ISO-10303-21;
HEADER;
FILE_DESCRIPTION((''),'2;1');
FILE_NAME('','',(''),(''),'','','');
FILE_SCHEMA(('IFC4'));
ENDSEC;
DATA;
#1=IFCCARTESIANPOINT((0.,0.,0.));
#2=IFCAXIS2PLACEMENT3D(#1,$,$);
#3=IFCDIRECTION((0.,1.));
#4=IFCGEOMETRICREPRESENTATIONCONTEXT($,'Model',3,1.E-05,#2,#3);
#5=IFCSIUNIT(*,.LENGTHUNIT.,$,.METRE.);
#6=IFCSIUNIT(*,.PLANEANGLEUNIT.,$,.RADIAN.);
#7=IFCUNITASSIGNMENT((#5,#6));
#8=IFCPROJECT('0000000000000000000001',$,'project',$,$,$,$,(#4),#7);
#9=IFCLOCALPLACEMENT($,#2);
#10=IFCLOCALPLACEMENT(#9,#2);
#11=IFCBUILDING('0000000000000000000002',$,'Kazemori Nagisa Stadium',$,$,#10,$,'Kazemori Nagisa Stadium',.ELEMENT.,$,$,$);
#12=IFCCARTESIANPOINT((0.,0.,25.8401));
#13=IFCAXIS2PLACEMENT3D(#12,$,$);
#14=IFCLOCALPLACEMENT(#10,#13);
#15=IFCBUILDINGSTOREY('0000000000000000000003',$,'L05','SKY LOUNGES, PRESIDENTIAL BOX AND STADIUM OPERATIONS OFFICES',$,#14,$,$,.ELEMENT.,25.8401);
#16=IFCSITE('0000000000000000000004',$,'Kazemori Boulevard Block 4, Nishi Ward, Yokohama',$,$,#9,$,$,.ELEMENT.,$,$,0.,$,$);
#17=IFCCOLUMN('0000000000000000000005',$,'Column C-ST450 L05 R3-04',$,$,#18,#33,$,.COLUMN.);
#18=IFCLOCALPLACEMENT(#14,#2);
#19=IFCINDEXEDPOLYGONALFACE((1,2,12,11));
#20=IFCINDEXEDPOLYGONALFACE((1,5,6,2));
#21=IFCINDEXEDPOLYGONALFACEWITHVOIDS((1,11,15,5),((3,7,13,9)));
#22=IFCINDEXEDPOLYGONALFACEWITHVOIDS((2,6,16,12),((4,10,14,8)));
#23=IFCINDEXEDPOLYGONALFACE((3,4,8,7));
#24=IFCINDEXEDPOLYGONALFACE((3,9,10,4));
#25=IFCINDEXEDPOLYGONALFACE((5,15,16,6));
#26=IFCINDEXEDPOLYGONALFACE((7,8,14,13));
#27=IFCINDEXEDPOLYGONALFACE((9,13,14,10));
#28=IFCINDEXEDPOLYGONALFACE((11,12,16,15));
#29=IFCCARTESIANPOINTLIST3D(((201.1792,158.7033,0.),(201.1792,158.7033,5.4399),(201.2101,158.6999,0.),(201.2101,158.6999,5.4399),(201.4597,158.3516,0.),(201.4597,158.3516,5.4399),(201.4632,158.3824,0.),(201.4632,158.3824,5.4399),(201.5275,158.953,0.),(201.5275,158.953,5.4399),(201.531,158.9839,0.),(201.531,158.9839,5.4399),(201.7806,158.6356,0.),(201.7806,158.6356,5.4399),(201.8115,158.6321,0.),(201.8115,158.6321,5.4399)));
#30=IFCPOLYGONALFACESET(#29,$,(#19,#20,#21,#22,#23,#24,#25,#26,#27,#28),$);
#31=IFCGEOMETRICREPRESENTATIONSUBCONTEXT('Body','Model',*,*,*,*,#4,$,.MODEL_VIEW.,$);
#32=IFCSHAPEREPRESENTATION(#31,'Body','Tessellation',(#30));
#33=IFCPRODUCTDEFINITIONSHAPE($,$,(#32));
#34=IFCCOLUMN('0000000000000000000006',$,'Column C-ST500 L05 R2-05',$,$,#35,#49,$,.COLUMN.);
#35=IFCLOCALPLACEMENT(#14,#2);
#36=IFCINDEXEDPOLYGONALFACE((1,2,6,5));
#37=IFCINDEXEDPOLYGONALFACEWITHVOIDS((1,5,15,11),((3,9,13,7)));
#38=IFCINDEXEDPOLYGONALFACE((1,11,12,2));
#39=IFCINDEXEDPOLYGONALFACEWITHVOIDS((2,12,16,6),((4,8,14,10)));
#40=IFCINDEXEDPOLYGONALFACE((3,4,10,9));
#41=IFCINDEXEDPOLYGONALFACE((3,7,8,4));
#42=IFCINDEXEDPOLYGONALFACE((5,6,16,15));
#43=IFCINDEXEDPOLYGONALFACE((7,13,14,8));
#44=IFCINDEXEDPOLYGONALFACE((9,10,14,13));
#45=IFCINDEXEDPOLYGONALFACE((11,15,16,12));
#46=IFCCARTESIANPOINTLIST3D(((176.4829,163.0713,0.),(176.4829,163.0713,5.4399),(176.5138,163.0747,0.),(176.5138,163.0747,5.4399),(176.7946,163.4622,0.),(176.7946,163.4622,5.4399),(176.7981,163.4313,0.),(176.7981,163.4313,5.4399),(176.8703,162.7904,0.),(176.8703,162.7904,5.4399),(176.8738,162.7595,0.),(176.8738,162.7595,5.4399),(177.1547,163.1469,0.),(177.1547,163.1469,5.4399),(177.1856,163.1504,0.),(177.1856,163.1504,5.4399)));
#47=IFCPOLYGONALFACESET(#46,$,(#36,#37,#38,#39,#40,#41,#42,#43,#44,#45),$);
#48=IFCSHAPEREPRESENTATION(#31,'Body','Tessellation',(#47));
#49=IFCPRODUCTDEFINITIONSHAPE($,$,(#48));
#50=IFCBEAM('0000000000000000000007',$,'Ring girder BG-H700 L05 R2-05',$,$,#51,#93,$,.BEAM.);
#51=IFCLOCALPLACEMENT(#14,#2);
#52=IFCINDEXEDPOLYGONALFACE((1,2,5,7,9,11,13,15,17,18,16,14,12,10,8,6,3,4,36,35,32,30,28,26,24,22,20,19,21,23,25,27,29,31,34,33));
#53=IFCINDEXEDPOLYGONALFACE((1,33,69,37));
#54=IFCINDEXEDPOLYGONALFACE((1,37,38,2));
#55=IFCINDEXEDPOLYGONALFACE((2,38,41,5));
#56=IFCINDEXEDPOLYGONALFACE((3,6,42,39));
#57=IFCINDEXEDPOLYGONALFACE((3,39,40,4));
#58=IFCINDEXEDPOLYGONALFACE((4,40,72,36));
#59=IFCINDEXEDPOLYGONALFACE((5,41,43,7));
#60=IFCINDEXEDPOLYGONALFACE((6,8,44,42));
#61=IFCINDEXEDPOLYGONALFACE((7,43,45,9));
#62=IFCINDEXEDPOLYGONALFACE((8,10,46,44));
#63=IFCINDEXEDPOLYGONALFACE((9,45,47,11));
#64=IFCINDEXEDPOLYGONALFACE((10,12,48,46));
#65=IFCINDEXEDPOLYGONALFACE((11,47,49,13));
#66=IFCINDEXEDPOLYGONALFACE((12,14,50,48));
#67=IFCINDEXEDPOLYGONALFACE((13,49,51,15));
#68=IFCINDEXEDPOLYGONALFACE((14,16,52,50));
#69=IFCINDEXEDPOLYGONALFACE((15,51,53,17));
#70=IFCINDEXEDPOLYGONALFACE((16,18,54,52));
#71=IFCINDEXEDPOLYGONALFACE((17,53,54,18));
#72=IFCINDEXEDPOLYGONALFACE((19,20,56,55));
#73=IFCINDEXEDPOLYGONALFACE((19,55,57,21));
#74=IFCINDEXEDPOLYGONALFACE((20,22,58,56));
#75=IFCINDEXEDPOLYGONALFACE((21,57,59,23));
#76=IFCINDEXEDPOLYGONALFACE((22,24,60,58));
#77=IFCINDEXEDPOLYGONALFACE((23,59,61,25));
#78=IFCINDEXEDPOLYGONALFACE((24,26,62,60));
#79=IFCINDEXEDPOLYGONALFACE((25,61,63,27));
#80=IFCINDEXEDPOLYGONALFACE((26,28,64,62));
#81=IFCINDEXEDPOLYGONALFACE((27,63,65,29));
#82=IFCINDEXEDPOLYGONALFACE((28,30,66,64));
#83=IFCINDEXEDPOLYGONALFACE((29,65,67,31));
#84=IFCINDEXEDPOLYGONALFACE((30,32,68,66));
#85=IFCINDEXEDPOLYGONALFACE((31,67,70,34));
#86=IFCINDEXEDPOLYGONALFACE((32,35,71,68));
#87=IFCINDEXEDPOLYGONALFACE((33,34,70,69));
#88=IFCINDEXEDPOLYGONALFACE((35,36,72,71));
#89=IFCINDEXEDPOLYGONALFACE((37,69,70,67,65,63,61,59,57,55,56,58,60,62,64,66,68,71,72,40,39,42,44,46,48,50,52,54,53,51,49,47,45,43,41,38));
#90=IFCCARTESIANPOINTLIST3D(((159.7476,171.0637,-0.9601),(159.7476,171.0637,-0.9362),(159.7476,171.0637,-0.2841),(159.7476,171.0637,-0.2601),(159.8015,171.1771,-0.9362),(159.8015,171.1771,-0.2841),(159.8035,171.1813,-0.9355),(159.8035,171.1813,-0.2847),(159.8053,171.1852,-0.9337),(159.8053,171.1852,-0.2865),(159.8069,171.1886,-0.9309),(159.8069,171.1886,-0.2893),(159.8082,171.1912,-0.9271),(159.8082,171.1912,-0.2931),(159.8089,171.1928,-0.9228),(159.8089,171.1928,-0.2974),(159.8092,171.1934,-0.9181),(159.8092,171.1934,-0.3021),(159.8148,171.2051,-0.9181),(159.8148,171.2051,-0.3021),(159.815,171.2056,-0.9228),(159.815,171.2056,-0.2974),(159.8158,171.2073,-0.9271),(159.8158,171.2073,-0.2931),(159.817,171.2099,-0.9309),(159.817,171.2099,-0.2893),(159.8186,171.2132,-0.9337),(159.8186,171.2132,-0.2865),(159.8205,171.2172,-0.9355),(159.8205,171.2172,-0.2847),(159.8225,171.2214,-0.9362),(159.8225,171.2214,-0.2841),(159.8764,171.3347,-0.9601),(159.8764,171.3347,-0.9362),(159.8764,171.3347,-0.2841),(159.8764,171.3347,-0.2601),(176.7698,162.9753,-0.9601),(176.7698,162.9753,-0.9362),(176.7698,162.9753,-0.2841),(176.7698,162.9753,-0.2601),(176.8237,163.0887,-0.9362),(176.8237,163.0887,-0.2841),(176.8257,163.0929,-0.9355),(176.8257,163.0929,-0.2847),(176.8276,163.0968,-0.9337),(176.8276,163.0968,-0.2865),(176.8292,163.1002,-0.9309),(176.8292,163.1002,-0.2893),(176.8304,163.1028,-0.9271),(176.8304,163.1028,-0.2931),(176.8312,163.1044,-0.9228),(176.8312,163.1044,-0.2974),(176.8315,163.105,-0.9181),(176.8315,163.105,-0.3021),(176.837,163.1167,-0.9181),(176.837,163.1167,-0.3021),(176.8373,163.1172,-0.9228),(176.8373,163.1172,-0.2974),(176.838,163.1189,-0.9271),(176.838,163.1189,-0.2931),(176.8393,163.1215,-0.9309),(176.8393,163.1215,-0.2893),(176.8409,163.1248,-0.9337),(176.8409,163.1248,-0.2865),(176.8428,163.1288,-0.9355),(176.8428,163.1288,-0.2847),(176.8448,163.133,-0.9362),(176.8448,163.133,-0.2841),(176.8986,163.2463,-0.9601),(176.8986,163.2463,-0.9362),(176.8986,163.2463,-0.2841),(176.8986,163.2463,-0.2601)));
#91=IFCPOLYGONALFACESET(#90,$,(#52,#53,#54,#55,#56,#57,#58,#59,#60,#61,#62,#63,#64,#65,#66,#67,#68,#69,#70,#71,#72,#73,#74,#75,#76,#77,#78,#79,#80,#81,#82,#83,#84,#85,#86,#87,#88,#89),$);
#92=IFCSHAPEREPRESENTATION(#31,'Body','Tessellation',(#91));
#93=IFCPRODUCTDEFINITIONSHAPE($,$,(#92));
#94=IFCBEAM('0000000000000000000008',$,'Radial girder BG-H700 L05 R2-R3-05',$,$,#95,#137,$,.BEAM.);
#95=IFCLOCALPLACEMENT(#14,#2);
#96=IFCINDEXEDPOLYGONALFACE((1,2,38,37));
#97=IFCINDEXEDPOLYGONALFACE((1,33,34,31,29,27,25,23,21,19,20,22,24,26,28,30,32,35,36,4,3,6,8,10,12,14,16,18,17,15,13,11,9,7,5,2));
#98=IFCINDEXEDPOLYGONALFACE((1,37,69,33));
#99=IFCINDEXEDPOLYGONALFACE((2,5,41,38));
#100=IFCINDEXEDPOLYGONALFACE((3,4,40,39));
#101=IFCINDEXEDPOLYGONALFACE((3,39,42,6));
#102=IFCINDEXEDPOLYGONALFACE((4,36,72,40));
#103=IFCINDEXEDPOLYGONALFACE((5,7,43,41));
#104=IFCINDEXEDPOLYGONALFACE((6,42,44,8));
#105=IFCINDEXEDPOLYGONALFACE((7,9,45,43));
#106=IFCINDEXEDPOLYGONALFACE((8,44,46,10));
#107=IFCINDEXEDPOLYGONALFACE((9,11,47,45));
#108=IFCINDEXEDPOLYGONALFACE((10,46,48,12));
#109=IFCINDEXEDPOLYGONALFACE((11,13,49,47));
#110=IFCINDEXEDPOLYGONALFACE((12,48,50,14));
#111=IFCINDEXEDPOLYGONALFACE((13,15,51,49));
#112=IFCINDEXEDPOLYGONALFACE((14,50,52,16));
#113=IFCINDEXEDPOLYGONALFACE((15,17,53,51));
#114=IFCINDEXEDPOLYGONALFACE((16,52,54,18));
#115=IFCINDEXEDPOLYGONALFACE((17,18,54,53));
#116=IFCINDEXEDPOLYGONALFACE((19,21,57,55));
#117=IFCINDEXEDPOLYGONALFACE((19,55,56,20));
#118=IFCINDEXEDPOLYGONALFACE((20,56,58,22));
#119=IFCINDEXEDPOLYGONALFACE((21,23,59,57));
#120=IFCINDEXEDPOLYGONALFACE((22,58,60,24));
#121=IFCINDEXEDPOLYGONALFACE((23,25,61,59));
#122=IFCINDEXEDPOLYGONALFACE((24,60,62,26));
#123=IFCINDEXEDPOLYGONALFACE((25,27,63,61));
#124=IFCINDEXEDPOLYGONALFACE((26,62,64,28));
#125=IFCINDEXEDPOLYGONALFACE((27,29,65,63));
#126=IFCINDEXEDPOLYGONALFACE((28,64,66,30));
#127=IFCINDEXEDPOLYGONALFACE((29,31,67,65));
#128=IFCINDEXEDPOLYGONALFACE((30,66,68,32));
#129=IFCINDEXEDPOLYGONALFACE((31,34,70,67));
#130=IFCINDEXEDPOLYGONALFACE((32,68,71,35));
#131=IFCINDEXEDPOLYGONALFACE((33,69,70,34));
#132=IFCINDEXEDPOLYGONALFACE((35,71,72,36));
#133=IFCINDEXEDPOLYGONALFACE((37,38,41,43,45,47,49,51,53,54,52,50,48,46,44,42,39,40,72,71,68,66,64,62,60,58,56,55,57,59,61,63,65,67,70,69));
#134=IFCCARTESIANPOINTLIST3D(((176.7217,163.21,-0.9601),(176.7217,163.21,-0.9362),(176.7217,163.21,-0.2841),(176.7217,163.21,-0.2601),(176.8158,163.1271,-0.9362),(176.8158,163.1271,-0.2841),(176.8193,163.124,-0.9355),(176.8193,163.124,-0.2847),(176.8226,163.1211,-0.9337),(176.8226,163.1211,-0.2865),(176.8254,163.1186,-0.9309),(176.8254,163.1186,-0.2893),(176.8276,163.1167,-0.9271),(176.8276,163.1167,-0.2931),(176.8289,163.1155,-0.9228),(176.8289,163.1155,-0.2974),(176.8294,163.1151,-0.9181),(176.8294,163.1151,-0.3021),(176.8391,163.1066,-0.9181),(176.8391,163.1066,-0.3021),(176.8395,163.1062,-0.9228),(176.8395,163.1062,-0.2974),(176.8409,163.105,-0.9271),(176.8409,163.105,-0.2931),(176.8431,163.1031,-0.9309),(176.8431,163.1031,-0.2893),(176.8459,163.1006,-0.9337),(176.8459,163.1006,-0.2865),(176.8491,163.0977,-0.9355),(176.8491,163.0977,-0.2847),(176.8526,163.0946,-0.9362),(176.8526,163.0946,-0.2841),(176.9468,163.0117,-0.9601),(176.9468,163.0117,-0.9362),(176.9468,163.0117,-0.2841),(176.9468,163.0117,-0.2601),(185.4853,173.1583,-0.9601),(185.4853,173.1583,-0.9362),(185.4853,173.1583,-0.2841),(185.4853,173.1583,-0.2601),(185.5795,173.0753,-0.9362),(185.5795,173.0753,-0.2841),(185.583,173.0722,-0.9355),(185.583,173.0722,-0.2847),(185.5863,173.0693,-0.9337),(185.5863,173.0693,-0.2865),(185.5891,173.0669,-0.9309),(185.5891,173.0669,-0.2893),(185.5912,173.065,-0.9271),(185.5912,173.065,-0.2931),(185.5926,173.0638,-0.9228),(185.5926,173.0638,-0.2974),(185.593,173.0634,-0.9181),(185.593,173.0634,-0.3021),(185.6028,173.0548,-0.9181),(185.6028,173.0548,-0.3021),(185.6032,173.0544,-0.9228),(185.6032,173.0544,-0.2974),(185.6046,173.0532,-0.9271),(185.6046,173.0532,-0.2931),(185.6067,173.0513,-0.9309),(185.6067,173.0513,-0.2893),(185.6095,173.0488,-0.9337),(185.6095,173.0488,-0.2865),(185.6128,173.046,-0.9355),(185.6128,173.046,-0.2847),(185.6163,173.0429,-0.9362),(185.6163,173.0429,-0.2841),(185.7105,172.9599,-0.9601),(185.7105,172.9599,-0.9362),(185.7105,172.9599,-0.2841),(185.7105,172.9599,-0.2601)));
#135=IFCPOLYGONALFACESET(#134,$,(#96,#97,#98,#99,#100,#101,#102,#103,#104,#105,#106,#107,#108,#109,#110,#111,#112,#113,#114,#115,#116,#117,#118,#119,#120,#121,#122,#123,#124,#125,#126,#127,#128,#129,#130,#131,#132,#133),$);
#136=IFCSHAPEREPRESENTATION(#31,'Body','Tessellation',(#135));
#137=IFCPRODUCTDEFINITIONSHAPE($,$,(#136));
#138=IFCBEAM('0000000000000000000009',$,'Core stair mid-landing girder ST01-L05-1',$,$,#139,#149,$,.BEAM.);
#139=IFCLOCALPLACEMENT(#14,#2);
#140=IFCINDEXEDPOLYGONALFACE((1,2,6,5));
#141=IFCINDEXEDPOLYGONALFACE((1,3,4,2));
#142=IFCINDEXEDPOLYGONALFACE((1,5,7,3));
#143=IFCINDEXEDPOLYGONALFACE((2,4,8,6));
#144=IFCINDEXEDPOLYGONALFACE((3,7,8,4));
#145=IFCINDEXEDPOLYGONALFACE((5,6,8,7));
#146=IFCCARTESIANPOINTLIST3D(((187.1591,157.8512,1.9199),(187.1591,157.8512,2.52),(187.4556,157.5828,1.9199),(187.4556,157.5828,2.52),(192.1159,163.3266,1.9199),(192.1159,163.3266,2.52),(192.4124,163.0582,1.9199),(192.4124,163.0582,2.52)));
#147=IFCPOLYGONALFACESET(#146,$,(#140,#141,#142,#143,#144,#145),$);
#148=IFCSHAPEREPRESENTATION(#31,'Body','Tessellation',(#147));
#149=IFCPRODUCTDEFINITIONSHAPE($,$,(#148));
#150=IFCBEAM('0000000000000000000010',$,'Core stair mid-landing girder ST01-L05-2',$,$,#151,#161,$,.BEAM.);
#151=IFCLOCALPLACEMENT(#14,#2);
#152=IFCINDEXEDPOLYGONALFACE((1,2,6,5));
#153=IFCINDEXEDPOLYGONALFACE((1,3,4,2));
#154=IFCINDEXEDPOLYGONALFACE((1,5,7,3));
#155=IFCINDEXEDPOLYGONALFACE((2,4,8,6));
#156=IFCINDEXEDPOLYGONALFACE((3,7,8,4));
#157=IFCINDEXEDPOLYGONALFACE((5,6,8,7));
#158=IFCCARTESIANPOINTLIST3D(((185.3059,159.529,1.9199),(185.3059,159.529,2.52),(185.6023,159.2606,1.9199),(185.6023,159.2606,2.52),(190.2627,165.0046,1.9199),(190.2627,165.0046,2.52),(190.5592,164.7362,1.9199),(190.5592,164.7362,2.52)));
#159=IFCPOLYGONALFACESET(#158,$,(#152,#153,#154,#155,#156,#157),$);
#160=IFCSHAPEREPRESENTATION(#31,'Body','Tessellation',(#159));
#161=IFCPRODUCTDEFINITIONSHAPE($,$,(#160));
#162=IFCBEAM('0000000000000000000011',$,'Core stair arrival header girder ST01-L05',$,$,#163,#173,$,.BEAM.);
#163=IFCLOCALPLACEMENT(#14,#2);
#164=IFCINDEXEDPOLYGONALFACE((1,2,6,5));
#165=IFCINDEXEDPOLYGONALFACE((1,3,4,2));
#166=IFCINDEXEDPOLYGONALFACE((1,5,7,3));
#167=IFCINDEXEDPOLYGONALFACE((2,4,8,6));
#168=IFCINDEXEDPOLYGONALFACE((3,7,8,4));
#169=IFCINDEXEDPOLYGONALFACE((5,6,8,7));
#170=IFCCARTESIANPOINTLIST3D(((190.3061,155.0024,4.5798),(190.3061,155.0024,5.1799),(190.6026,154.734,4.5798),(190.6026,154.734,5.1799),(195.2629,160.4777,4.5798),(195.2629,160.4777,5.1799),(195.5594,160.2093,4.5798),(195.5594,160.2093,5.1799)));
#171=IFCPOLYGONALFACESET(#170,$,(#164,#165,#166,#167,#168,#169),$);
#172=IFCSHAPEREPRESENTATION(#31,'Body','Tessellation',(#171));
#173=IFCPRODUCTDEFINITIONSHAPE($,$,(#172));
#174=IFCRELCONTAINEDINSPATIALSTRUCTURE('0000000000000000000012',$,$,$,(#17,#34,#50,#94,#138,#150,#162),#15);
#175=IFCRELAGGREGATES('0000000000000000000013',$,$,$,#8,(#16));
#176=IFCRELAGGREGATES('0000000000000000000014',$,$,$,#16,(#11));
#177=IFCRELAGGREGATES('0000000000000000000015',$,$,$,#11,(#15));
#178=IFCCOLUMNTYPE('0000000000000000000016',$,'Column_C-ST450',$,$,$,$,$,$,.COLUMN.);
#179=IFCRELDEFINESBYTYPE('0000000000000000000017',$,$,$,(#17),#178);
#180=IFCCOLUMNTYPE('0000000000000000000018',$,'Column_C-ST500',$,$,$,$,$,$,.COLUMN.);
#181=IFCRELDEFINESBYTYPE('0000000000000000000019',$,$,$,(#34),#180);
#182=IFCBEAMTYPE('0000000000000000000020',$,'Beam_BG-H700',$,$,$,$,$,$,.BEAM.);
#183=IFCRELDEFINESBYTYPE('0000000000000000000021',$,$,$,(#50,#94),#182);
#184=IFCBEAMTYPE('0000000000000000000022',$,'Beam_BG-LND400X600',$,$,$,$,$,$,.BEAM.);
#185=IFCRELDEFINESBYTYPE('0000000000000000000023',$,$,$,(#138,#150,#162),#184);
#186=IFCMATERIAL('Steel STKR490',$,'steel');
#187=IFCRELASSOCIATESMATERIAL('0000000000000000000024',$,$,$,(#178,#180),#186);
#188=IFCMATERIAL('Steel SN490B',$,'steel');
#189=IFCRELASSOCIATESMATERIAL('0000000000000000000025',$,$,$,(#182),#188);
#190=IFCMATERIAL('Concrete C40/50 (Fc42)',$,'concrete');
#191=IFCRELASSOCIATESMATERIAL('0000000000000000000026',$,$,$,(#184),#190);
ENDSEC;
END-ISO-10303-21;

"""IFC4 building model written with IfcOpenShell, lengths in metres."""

from ifc_helpers import new_model, si_unit, direction, frame, origin, origin_2d, place, context, subcontext, project, spatial, rectangle, hollow_rectangle, i_section, extrude, material, material_profile, profile_set, type_object, element, save


model = new_model("IFC4")

# Units and contexts
model_context = context("Model", 3, precision=1e-05, world=origin(), true_north=direction((0.0, 1.0)))
body_context = subcontext(model_context, "Body", "Model", "MODEL_VIEW")
ifc_project = project(units=[si_unit("LENGTHUNIT", "METRE"), si_unit("PLANEANGLEUNIT", "RADIAN")], contexts=[model_context])

# Site, building, storey
site_placement = place(None, origin())
site = spatial("IfcSite", under=ifc_project, at=site_placement, Name="Kazemori Boulevard Block 4, Nishi Ward, Yokohama", CompositionType="ELEMENT", RefElevation=0.0)
building_placement = place(site_placement, origin())
building = spatial("IfcBuilding", under=site, at=building_placement, Name="Kazemori Nagisa Stadium", LongName="Kazemori Nagisa Stadium", CompositionType="ELEMENT")
storey_placement = place(building_placement, frame((0.0, 0.0, 25.8401)))
storey = spatial("IfcBuildingStorey", under=building, at=storey_placement, Name="L05", Description="SKY LOUNGES, PRESIDENTIAL BOX AND STADIUM OPERATIONS OFFICES", CompositionType="ELEMENT", Elevation=25.8401)

# Columns
ifc_material_1 = material(Name="Steel STKR490", Category="steel")
ifc_material_profile_1 = material_profile(ifc_material_1, hollow_rectangle(XDim=0.45, YDim=0.45, WallThickness=0.022, at=origin_2d()), Name="SHS-450x450x22")
ifc_profile_set_1 = profile_set([ifc_material_profile_1], Name="Steel STKR490")
column_type_1 = type_object("IfcColumnType", Name="Column_C-ST450", PredefinedType="COLUMN", material=ifc_profile_set_1)
column_1_placement = place(storey_placement, frame((201.4954, 158.6677, 0.0), z_axis=(0.0, 0.0, 1.0), x_axis=(0.781831, 0.62349, 0.0)))
element("IfcColumn", 1, at=column_1_placement, inside=storey, type_object=column_type_1, Name="Column C-ST450 L05 R3-04", PredefinedType="COLUMN", context=body_context, shape_type="SweptSolid", body=[
    extrude(hollow_rectangle(XDim=0.45, YDim=0.45, WallThickness=0.022, at=origin_2d()), origin(), (0.0, 0.0, 1.0), 5.4399),
])
ifc_material_profile_2 = material_profile(ifc_material_1, hollow_rectangle(XDim=0.5, YDim=0.5, WallThickness=0.022, at=origin_2d()), Name="SHS-500x500x22")
ifc_profile_set_2 = profile_set([ifc_material_profile_2], Name="Steel STKR490")
column_type_2 = type_object("IfcColumnType", Name="Column_C-ST500", PredefinedType="COLUMN", material=ifc_profile_set_2)
column_2_placement = place(storey_placement, frame((176.8342, 163.1108, 0.0), z_axis=(0.0, 0.0, 1.0), x_axis=(0.62349, 0.781831, 0.0)))
element("IfcColumn", 2, at=column_2_placement, inside=storey, type_object=column_type_2, Name="Column C-ST500 L05 R2-05", PredefinedType="COLUMN", context=body_context, shape_type="SweptSolid", body=[
    extrude(hollow_rectangle(XDim=0.5, YDim=0.5, WallThickness=0.022, at=origin_2d()), origin(), (0.0, 0.0, 1.0), 5.4399),
])

# Beams
ifc_material_2 = material(Name="Steel SN490B", Category="steel")
ifc_material_profile_3 = material_profile(ifc_material_2, i_section(OverallWidth=0.3, OverallDepth=0.7, WebThickness=0.0129, FlangeThickness=0.0239, FilletRadius=0.0181, at=origin_2d()), Name="H-700x300x13x24")
ifc_profile_set_3 = profile_set([ifc_material_profile_3], Name="Steel SN490B")
beam_type_1 = type_object("IfcBeamType", Name="Beam_BG-H700", PredefinedType="BEAM", material=ifc_profile_set_3)
beam_1_placement = place(storey_placement, frame((176.8342, 163.1108, -0.6101), z_axis=(-0.903219, 0.429179, 0.0), x_axis=(-0.429179, -0.903219, 0.0)))
element("IfcBeam", 3, at=beam_1_placement, inside=storey, type_object=beam_type_1, Name="Ring girder BG-H700 L05 R2-05", PredefinedType="BEAM", context=body_context, shape_type="SweptSolid", body=[
    extrude(i_section(OverallWidth=0.3, OverallDepth=0.7, WebThickness=0.0129, FlangeThickness=0.0239, FilletRadius=0.0181, at=origin_2d()), origin(), (0.0, 0.0, 1.0), 18.8462),
])
beam_2_placement = place(storey_placement, frame((176.8342, 163.1108, -0.6101), z_axis=(0.66102, 0.750369, 0.0), x_axis=(-0.750369, 0.66102, 0.0)))
element("IfcBeam", 4, at=beam_2_placement, inside=storey, type_object=beam_type_1, Name="Radial girder BG-H700 L05 R2-R3-05", PredefinedType="BEAM", context=body_context, shape_type="SweptSolid", body=[
    extrude(i_section(OverallWidth=0.3, OverallDepth=0.7, WebThickness=0.0129, FlangeThickness=0.0239, FilletRadius=0.0181, at=origin_2d()), origin(), (0.0, 0.0, 1.0), 13.2578),
])
ifc_material_3 = material(Name="Concrete C40/50 (Fc42)", Category="concrete")
ifc_material_profile_4 = material_profile(ifc_material_3, rectangle(XDim=0.3999, YDim=0.6001, at=origin_2d()), Name="RC-BM-400x600")
ifc_profile_set_4 = profile_set([ifc_material_profile_4], Name="Concrete C40/50 (Fc42)")
beam_type_2 = type_object("IfcBeamType", Name="Beam_BG-LND400X600", PredefinedType="BEAM", material=ifc_profile_set_4)
beam_3_placement = place(storey_placement, frame((187.3074, 157.717, 2.22), z_axis=(0.67113, 0.74134, 0.0), x_axis=(-0.74134, 0.67113, 0.0)))
element("IfcBeam", 5, at=beam_3_placement, inside=storey, type_object=beam_type_2, Name="Core stair mid-landing girder ST01-L05-1", PredefinedType="BEAM", context=body_context, shape_type="SweptSolid", body=[
    extrude(rectangle(XDim=0.3999, YDim=0.6001, at=origin_2d()), origin(), (0.0, 0.0, 1.0), 7.3857),
])
beam_4_placement = place(storey_placement, frame((185.4541, 159.3948, 2.22), z_axis=(0.671113, 0.741355, 0.0), x_axis=(-0.741355, 0.671113, 0.0)))
element("IfcBeam", 6, at=beam_4_placement, inside=storey, type_object=beam_type_2, Name="Core stair mid-landing girder ST01-L05-2", PredefinedType="BEAM", context=body_context, shape_type="SweptSolid", body=[
    extrude(rectangle(XDim=0.3999, YDim=0.6001, at=origin_2d()), origin(), (0.0, 0.0, 1.0), 7.386),
])
beam_5_placement = place(storey_placement, frame((190.4543, 154.8682, 4.8799), z_axis=(0.67113, 0.74134, 0.0), x_axis=(-0.74134, 0.67113, 0.0)))
element("IfcBeam", 7, at=beam_5_placement, inside=storey, type_object=beam_type_2, Name="Core stair arrival header girder ST01-L05", PredefinedType="BEAM", context=body_context, shape_type="SweptSolid", body=[
    extrude(rectangle(XDim=0.3999, YDim=0.6001, at=origin_2d()), origin(), (0.0, 0.0, 1.0), 7.3857),
])

save(model, "model.ifc")
